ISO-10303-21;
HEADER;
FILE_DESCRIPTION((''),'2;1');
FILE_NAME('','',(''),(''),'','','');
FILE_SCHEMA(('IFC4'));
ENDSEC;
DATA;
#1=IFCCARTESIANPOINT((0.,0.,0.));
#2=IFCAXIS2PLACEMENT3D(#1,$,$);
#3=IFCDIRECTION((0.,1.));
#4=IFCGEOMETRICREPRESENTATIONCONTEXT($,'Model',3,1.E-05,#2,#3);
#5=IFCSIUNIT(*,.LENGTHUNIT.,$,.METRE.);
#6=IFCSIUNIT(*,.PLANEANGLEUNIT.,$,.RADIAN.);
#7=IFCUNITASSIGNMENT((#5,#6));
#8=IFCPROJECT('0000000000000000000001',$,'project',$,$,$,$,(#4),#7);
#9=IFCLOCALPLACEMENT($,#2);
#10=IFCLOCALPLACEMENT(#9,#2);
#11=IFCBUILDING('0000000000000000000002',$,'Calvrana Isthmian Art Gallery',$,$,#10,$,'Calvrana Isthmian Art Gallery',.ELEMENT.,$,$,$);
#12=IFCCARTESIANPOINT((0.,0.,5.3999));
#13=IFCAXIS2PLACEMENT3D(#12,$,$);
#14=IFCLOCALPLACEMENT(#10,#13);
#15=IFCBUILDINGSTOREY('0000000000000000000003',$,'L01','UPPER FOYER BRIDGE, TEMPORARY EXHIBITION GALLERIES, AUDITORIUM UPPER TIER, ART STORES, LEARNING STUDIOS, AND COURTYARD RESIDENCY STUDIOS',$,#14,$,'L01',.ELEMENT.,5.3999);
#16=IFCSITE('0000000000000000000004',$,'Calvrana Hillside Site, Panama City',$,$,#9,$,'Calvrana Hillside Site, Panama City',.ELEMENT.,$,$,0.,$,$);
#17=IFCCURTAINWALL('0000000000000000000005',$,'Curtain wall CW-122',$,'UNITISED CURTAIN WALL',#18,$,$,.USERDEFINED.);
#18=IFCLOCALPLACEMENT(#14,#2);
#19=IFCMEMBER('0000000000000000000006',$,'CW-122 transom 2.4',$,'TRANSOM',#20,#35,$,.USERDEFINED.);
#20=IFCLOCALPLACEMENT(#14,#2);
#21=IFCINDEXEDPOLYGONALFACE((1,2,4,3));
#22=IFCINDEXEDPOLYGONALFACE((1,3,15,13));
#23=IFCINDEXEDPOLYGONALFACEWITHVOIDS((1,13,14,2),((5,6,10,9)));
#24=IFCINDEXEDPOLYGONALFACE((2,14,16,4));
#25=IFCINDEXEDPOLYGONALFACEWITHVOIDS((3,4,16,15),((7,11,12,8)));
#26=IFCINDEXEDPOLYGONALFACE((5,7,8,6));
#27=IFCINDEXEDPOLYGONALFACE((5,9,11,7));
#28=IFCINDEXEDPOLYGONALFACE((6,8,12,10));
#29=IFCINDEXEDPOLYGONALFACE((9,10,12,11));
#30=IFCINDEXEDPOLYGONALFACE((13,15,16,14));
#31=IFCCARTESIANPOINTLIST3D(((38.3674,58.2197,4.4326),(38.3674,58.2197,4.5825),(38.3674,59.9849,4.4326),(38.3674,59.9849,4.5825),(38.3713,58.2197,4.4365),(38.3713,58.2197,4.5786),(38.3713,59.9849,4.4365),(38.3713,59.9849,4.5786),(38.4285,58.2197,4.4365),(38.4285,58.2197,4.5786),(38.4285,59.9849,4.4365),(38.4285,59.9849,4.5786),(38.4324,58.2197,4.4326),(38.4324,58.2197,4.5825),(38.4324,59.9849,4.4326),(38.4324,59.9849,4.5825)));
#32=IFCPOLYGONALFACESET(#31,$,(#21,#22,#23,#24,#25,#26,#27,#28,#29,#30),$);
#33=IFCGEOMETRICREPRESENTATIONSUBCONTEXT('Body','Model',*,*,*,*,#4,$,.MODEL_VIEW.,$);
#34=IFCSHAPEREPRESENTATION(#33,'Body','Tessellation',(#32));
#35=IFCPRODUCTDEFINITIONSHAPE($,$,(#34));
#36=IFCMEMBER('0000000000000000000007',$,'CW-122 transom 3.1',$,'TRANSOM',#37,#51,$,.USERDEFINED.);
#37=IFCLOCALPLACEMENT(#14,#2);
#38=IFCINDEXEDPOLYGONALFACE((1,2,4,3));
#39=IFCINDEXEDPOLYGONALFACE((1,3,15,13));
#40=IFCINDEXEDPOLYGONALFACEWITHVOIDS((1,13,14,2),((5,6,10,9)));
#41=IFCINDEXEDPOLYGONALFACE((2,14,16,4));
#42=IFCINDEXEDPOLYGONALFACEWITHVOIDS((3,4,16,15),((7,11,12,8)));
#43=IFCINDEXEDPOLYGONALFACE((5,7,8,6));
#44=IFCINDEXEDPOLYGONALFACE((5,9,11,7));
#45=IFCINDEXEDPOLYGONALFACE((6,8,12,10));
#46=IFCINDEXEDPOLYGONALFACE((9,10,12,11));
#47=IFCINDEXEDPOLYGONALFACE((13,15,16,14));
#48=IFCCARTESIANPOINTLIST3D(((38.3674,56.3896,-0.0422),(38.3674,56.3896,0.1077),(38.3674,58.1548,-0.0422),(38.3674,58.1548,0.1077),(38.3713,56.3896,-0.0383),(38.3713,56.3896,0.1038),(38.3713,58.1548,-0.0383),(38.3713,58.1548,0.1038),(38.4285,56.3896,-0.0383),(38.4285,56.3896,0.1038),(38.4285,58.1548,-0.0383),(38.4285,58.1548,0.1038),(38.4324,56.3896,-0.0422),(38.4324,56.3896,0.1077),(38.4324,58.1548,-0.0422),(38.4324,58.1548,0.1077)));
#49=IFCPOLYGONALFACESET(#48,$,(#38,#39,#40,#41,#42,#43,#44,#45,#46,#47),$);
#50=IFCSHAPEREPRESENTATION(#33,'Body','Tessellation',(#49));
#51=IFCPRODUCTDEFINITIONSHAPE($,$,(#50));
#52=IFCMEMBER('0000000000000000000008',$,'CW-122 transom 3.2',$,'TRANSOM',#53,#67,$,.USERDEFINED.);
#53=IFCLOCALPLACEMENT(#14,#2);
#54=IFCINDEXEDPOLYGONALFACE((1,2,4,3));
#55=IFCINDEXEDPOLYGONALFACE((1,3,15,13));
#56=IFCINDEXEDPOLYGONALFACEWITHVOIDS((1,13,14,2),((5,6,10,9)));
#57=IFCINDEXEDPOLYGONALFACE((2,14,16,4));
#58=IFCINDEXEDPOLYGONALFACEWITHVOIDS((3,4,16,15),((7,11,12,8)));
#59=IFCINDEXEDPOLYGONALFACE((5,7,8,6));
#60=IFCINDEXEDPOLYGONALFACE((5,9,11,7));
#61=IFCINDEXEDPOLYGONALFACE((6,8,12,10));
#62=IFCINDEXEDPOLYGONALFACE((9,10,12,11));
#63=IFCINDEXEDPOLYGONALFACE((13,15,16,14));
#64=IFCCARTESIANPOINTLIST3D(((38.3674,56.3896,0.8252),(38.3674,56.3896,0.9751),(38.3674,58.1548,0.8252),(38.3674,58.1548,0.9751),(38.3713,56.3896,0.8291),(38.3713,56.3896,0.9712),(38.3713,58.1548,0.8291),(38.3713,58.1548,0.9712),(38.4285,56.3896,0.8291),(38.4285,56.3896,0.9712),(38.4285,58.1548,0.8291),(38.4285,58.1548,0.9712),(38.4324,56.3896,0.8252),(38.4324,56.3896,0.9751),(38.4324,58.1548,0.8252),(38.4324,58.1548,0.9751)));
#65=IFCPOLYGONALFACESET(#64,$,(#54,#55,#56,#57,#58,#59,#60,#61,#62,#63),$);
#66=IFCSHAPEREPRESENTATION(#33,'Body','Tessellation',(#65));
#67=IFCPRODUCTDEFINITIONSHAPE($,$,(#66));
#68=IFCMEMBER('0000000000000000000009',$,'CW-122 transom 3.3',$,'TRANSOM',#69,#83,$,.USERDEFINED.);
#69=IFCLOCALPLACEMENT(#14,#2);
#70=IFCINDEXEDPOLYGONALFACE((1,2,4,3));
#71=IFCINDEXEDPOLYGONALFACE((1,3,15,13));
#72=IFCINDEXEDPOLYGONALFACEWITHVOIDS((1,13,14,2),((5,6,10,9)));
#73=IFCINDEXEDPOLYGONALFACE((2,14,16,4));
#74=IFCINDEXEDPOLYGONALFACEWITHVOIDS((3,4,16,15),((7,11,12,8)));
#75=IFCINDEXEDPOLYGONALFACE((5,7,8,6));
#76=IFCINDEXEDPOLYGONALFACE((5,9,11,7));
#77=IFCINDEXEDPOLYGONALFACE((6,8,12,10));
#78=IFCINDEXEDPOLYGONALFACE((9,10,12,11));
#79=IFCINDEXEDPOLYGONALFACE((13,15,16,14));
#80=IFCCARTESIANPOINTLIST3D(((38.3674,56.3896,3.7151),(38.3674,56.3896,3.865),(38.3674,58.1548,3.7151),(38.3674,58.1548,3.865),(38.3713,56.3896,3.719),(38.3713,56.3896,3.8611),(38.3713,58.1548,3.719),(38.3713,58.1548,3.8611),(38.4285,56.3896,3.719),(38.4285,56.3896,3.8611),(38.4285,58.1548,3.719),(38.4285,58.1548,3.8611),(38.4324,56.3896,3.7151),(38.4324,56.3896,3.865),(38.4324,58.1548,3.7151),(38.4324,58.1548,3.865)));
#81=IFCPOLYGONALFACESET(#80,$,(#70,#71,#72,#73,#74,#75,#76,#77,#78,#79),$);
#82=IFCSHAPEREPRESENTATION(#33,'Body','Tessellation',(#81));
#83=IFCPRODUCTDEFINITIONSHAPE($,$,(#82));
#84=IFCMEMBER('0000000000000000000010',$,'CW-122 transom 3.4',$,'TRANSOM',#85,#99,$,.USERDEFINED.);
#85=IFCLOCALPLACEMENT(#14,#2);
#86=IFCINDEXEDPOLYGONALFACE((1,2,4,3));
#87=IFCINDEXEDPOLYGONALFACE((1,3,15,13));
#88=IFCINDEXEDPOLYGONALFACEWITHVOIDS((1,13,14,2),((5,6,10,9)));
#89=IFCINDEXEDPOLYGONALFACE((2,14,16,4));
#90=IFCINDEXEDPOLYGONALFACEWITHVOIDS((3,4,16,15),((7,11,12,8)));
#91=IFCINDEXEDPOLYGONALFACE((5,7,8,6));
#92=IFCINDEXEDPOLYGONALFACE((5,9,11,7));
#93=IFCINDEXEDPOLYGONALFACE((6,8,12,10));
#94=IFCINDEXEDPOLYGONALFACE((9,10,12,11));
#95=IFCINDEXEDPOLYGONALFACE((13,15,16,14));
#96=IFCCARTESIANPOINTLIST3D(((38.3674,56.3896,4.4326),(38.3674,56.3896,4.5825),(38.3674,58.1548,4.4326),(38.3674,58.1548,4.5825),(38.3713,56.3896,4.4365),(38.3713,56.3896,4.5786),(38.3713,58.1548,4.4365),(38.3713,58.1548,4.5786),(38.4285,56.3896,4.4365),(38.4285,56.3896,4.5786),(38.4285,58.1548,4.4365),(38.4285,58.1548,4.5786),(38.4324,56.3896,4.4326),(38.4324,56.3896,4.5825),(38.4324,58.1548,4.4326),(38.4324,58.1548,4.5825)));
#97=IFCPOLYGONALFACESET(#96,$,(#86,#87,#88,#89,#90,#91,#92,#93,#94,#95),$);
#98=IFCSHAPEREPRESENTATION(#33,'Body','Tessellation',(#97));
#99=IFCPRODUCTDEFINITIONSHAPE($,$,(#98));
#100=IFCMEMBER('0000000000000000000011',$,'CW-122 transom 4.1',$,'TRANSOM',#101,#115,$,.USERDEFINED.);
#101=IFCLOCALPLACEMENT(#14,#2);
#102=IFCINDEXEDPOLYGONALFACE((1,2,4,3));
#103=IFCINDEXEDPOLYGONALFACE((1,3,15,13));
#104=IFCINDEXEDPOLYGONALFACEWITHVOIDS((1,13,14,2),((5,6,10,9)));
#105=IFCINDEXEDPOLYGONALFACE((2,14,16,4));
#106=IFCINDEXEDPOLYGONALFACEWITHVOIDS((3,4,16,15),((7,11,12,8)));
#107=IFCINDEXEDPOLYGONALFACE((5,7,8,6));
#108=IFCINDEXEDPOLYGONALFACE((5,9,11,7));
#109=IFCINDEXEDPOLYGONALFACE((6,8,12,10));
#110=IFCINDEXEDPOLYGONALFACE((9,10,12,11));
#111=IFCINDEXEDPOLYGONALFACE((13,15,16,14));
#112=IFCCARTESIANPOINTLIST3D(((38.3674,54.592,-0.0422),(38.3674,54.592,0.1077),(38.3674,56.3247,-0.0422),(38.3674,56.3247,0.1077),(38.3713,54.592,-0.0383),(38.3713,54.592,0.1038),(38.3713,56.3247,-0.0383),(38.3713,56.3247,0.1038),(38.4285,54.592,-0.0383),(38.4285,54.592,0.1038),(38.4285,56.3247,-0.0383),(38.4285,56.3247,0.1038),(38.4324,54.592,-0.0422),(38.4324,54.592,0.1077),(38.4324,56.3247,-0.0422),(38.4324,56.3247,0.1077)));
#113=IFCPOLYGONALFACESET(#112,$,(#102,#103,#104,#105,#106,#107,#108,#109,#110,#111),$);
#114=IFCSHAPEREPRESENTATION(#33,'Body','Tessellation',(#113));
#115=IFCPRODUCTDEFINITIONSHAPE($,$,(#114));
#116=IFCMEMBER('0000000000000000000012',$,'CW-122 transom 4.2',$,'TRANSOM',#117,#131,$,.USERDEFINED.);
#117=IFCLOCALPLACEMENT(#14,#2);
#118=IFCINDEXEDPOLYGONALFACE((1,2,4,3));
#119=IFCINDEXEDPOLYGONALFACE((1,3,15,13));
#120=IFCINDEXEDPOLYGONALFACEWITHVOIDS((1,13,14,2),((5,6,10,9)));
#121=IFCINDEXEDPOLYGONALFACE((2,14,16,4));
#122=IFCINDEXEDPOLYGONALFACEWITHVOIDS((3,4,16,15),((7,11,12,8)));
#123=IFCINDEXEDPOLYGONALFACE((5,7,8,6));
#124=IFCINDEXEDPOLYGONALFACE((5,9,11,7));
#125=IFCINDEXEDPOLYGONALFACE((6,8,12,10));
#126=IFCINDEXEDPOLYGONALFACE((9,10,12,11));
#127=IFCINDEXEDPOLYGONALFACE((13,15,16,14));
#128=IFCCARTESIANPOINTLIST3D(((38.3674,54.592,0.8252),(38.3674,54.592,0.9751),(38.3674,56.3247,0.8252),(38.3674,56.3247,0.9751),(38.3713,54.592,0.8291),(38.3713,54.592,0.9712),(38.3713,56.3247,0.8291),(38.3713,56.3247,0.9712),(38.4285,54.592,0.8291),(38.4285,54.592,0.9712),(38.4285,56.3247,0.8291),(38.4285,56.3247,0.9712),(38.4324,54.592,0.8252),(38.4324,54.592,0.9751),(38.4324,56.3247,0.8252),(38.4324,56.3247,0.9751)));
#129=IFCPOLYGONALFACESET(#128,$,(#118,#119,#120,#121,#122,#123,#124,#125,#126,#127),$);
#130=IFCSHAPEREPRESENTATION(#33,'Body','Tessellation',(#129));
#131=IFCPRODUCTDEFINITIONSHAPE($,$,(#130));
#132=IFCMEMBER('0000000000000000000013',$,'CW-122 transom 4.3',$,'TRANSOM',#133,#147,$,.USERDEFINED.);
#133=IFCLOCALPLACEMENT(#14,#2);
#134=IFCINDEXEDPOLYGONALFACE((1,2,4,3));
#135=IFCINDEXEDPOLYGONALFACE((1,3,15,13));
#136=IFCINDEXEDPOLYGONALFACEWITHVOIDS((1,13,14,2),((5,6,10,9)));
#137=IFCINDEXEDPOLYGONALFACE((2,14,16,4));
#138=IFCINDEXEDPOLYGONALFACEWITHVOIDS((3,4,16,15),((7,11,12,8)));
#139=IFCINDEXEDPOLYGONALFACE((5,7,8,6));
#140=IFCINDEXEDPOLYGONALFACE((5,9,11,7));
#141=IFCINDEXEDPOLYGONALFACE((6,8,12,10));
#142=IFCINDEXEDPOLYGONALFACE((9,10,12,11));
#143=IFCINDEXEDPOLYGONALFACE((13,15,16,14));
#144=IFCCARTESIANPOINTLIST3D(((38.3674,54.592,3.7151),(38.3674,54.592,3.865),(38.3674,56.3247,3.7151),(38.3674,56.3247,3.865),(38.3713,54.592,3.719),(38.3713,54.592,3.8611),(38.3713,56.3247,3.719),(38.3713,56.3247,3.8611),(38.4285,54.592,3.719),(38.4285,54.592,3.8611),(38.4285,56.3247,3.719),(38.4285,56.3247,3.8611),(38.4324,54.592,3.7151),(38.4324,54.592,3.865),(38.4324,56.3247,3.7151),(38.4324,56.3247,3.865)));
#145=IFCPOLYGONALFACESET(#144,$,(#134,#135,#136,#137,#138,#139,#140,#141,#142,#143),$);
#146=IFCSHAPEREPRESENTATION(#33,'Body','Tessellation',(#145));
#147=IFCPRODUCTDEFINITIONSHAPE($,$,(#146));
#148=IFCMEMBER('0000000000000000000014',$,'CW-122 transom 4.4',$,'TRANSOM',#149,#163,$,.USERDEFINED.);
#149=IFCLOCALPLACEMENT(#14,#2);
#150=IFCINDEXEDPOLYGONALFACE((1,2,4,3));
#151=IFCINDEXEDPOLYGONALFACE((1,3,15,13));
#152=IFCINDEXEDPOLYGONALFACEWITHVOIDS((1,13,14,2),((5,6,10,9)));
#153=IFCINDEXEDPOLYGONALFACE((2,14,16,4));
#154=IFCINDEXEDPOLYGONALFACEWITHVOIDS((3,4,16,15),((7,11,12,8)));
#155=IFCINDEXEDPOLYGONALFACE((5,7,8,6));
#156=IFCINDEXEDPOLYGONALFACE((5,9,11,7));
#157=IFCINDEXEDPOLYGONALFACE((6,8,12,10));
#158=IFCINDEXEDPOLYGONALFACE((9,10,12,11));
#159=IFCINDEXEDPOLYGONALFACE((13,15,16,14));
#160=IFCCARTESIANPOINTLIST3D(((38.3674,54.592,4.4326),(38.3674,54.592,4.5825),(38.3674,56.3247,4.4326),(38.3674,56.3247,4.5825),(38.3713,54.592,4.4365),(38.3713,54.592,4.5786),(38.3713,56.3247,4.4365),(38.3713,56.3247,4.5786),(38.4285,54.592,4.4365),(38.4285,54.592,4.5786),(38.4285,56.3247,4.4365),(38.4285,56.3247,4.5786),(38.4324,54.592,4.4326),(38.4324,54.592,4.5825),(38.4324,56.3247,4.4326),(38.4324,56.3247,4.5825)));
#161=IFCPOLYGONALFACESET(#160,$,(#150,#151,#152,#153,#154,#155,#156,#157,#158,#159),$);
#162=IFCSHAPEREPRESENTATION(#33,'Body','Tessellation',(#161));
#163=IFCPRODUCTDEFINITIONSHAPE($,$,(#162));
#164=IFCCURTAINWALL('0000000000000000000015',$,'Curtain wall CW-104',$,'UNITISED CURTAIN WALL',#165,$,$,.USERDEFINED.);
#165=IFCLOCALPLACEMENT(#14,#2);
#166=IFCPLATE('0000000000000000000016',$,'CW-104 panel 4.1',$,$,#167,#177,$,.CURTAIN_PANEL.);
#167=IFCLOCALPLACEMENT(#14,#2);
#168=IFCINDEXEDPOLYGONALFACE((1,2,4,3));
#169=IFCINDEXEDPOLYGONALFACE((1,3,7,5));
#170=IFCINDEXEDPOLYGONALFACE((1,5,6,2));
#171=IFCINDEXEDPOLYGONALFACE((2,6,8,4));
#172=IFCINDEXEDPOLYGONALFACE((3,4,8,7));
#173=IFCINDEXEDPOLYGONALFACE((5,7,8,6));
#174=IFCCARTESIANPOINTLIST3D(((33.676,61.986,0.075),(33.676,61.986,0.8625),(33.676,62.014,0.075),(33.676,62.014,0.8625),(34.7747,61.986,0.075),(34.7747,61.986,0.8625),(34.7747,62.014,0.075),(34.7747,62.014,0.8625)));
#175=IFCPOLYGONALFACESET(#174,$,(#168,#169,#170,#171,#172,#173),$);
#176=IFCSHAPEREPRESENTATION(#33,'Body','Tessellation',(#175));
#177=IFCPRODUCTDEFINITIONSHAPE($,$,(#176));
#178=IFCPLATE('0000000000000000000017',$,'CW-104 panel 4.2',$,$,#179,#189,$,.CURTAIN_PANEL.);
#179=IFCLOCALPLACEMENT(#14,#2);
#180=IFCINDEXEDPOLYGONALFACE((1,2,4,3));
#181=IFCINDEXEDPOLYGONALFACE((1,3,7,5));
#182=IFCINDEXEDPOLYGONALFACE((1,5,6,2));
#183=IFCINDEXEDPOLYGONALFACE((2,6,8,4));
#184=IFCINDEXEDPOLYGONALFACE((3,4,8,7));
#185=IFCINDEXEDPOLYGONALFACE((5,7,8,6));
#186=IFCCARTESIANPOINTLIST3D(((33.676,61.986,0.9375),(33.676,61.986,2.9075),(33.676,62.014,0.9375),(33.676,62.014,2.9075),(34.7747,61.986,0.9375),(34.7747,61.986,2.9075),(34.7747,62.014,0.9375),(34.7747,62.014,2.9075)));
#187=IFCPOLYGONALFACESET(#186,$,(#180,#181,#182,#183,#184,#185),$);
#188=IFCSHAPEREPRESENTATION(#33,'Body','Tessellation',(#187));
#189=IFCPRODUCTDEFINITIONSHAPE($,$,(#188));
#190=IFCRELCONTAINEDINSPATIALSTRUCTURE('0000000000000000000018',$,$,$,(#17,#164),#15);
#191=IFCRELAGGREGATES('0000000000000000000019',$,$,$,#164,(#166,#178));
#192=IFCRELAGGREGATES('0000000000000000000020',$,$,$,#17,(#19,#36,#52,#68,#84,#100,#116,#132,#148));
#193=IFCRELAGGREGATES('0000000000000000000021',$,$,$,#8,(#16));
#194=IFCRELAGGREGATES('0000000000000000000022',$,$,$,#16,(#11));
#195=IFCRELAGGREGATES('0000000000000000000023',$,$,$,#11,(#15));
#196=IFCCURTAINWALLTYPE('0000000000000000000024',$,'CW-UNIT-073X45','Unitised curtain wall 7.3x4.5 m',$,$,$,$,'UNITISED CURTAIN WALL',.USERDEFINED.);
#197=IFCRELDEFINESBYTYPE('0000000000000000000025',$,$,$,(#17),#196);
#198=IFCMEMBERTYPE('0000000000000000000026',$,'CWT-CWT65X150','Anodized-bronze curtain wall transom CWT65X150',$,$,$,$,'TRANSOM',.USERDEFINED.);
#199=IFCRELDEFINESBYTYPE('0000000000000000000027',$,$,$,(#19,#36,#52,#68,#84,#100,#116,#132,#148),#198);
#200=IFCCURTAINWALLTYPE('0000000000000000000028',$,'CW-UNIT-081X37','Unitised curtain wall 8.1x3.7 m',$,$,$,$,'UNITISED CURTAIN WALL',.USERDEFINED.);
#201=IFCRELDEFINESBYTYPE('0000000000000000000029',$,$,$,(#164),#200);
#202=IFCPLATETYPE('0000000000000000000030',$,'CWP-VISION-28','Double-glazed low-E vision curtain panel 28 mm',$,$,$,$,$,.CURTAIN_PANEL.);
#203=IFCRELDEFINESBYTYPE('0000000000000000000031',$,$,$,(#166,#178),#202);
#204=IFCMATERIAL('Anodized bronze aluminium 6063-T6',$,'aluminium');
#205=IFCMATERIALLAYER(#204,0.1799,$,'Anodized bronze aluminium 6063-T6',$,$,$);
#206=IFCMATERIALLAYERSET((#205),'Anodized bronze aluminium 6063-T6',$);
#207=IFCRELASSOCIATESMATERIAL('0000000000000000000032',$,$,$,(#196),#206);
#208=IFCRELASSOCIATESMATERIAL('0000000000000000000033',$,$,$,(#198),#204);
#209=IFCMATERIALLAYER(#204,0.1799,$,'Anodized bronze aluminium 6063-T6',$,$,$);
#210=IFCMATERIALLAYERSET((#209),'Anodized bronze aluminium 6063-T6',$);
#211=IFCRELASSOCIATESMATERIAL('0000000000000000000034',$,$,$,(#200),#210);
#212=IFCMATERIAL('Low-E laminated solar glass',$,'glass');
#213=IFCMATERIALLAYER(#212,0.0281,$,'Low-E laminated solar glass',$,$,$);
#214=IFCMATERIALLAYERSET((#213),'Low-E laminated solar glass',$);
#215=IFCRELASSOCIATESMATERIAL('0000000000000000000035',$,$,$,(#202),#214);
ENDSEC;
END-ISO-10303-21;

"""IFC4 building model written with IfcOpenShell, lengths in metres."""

from ifc_helpers import new_model, si_unit, direction, frame, origin, origin_2d, place, context, subcontext, project, spatial, rectangle, hollow_rectangle, extrude, material, layer, layer_set, material_profile, profile_set, type_object, element, aggregate, save


model = new_model("IFC4")

# Units and contexts
model_context = context("Model", 3, precision=1e-05, world=origin(), true_north=direction((0.0, 1.0)))
body_context = subcontext(model_context, "Body", "Model", "MODEL_VIEW")
ifc_project = project(units=[si_unit("LENGTHUNIT", "METRE"), si_unit("PLANEANGLEUNIT", "RADIAN")], contexts=[model_context])

# Site, building, storey
site_placement = place(None, origin())
site = spatial("IfcSite", under=ifc_project, at=site_placement, Name="Calvrana Hillside Site, Panama City", LongName="Calvrana Hillside Site, Panama City", CompositionType="ELEMENT", RefElevation=0.0)
building_placement = place(site_placement, origin())
building = spatial("IfcBuilding", under=site, at=building_placement, Name="Calvrana Isthmian Art Gallery", LongName="Calvrana Isthmian Art Gallery", CompositionType="ELEMENT")
storey_placement = place(building_placement, frame((0.0, 0.0, 5.3999)))
storey = spatial("IfcBuildingStorey", under=building, at=storey_placement, Name="L01", Description="UPPER FOYER BRIDGE, TEMPORARY EXHIBITION GALLERIES, AUDITORIUM UPPER TIER, ART STORES, LEARNING STUDIOS, AND COURTYARD RESIDENCY STUDIOS", LongName="L01", CompositionType="ELEMENT", Elevation=5.3999)

# Curtain wall, members
ifc_material_1 = material(Name="Anodized bronze aluminium 6063-T6", Category="aluminium")
ifc_layer_1 = layer(ifc_material_1, 0.1799, Name="Anodized bronze aluminium 6063-T6")
ifc_layer_set_1 = layer_set([ifc_layer_1], Name="Anodized bronze aluminium 6063-T6")
curtain_wall_type_1 = type_object("IfcCurtainWallType", Name="CW-UNIT-073X45", Description="Unitised curtain wall 7.3x4.5 m", ElementType="UNITISED CURTAIN WALL", PredefinedType="USERDEFINED", material=ifc_layer_set_1)
curtain_wall_1_placement = place(storey_placement, origin())
curtain_wall_1 = element("IfcCurtainWall", 1, at=curtain_wall_1_placement, inside=storey, type_object=curtain_wall_type_1, Name="Curtain wall CW-122", ObjectType="UNITISED CURTAIN WALL", PredefinedType="USERDEFINED")
ifc_material_profile_1 = material_profile(ifc_material_1, hollow_rectangle(XDim=0.0649, YDim=0.1499, WallThickness=0.0039, at=origin_2d()), Name="CWT65X150")
ifc_profile_set_1 = profile_set([ifc_material_profile_1], Name="Anodized bronze aluminium 6063-T6")
member_type_1 = type_object("IfcMemberType", Name="CWT-CWT65X150", Description="Anodized-bronze curtain wall transom CWT65X150", ElementType="TRANSOM", PredefinedType="USERDEFINED", material=ifc_profile_set_1)
member_1_placement = place(storey_placement, frame((38.3999, 59.9849, 4.5076), z_axis=(0.0, -1.0, 0.0), x_axis=(1.0, 0.0, 0.0)))
member_1 = element("IfcMember", 2, at=member_1_placement, type_object=member_type_1, Name="CW-122 transom 2.4", ObjectType="TRANSOM", PredefinedType="USERDEFINED", context=body_context, shape_type="SweptSolid", body=[
    extrude(hollow_rectangle(XDim=0.0649, YDim=0.1499, WallThickness=0.0039, at=origin_2d()), origin(), (0.0, 0.0, 1.0), 1.7651),
])
member_2_placement = place(storey_placement, frame((38.3999, 58.1548, 0.0327), z_axis=(0.0, -1.0, 0.0), x_axis=(1.0, 0.0, 0.0)))
member_2 = element("IfcMember", 3, at=member_2_placement, type_object=member_type_1, Name="CW-122 transom 3.1", ObjectType="TRANSOM", PredefinedType="USERDEFINED", context=body_context, shape_type="SweptSolid", body=[
    extrude(hollow_rectangle(XDim=0.0649, YDim=0.1499, WallThickness=0.0039, at=origin_2d()), origin(), (0.0, 0.0, 1.0), 1.7651),
])
member_3_placement = place(storey_placement, frame((38.3999, 58.1548, 0.9001), z_axis=(0.0, -1.0, 0.0), x_axis=(1.0, 0.0, 0.0)))
member_3 = element("IfcMember", 4, at=member_3_placement, type_object=member_type_1, Name="CW-122 transom 3.2", ObjectType="TRANSOM", PredefinedType="USERDEFINED", context=body_context, shape_type="SweptSolid", body=[
    extrude(hollow_rectangle(XDim=0.0649, YDim=0.1499, WallThickness=0.0039, at=origin_2d()), origin(), (0.0, 0.0, 1.0), 1.7651),
])
member_4_placement = place(storey_placement, frame((38.3999, 58.1548, 3.79), z_axis=(0.0, -1.0, 0.0), x_axis=(1.0, 0.0, 0.0)))
member_4 = element("IfcMember", 5, at=member_4_placement, type_object=member_type_1, Name="CW-122 transom 3.3", ObjectType="TRANSOM", PredefinedType="USERDEFINED", context=body_context, shape_type="SweptSolid", body=[
    extrude(hollow_rectangle(XDim=0.0649, YDim=0.1499, WallThickness=0.0039, at=origin_2d()), origin(), (0.0, 0.0, 1.0), 1.7651),
])
member_5_placement = place(storey_placement, frame((38.3999, 58.1548, 4.5076), z_axis=(0.0, -1.0, 0.0), x_axis=(1.0, 0.0, 0.0)))
member_5 = element("IfcMember", 6, at=member_5_placement, type_object=member_type_1, Name="CW-122 transom 3.4", ObjectType="TRANSOM", PredefinedType="USERDEFINED", context=body_context, shape_type="SweptSolid", body=[
    extrude(hollow_rectangle(XDim=0.0649, YDim=0.1499, WallThickness=0.0039, at=origin_2d()), origin(), (0.0, 0.0, 1.0), 1.7651),
])
member_6_placement = place(storey_placement, frame((38.3999, 56.3247, 0.0327), z_axis=(0.0, -1.0, 0.0), x_axis=(1.0, 0.0, 0.0)))
member_6 = element("IfcMember", 7, at=member_6_placement, type_object=member_type_1, Name="CW-122 transom 4.1", ObjectType="TRANSOM", PredefinedType="USERDEFINED", context=body_context, shape_type="SweptSolid", body=[
    extrude(hollow_rectangle(XDim=0.0649, YDim=0.1499, WallThickness=0.0039, at=origin_2d()), origin(), (0.0, 0.0, 1.0), 1.7327),
])
member_7_placement = place(storey_placement, frame((38.3999, 56.3247, 0.9001), z_axis=(0.0, -1.0, 0.0), x_axis=(1.0, 0.0, 0.0)))
member_7 = element("IfcMember", 8, at=member_7_placement, type_object=member_type_1, Name="CW-122 transom 4.2", ObjectType="TRANSOM", PredefinedType="USERDEFINED", context=body_context, shape_type="SweptSolid", body=[
    extrude(hollow_rectangle(XDim=0.0649, YDim=0.1499, WallThickness=0.0039, at=origin_2d()), origin(), (0.0, 0.0, 1.0), 1.7327),
])
member_8_placement = place(storey_placement, frame((38.3999, 56.3247, 3.79), z_axis=(0.0, -1.0, 0.0), x_axis=(1.0, 0.0, 0.0)))
member_8 = element("IfcMember", 9, at=member_8_placement, type_object=member_type_1, Name="CW-122 transom 4.3", ObjectType="TRANSOM", PredefinedType="USERDEFINED", context=body_context, shape_type="SweptSolid", body=[
    extrude(hollow_rectangle(XDim=0.0649, YDim=0.1499, WallThickness=0.0039, at=origin_2d()), origin(), (0.0, 0.0, 1.0), 1.7327),
])
member_9_placement = place(storey_placement, frame((38.3999, 56.3247, 4.5076), z_axis=(0.0, -1.0, 0.0), x_axis=(1.0, 0.0, 0.0)))
member_9 = element("IfcMember", 10, at=member_9_placement, type_object=member_type_1, Name="CW-122 transom 4.4", ObjectType="TRANSOM", PredefinedType="USERDEFINED", context=body_context, shape_type="SweptSolid", body=[
    extrude(hollow_rectangle(XDim=0.0649, YDim=0.1499, WallThickness=0.0039, at=origin_2d()), origin(), (0.0, 0.0, 1.0), 1.7327),
])

# Curtain wall, plates
ifc_layer_2 = layer(ifc_material_1, 0.1799, Name="Anodized bronze aluminium 6063-T6")
ifc_layer_set_2 = layer_set([ifc_layer_2], Name="Anodized bronze aluminium 6063-T6")
curtain_wall_type_2 = type_object("IfcCurtainWallType", Name="CW-UNIT-081X37", Description="Unitised curtain wall 8.1x3.7 m", ElementType="UNITISED CURTAIN WALL", PredefinedType="USERDEFINED", material=ifc_layer_set_2)
curtain_wall_2_placement = place(storey_placement, origin())
curtain_wall_2 = element("IfcCurtainWall", 11, at=curtain_wall_2_placement, inside=storey, type_object=curtain_wall_type_2, Name="Curtain wall CW-104", ObjectType="UNITISED CURTAIN WALL", PredefinedType="USERDEFINED")
ifc_material_2 = material(Name="Low-E laminated solar glass", Category="glass")
ifc_layer_3 = layer(ifc_material_2, 0.0281, Name="Low-E laminated solar glass")
ifc_layer_set_3 = layer_set([ifc_layer_3], Name="Low-E laminated solar glass")
plate_type = type_object("IfcPlateType", Name="CWP-VISION-28", Description="Double-glazed low-E vision curtain panel 28 mm", PredefinedType="CURTAIN_PANEL", material=ifc_layer_set_3)
plate_1_placement = place(storey_placement, frame((34.2253, 62.0, 0.075), z_axis=(0.0, 0.0, 1.0), x_axis=(1.0, 0.0, 0.0)))
plate_1 = element("IfcPlate", 12, at=plate_1_placement, type_object=plate_type, Name="CW-104 panel 4.1", PredefinedType="CURTAIN_PANEL", context=body_context, shape_type="SweptSolid", body=[
    extrude(rectangle(XDim=1.0986, YDim=0.0281, at=origin_2d()), origin(), (0.0, 0.0, 1.0), 0.7876),
])
plate_2_placement = place(storey_placement, frame((34.2253, 62.0, 0.9375), z_axis=(0.0, 0.0, 1.0), x_axis=(1.0, 0.0, 0.0)))
plate_2 = element("IfcPlate", 13, at=plate_2_placement, type_object=plate_type, Name="CW-104 panel 4.2", PredefinedType="CURTAIN_PANEL", context=body_context, shape_type="SweptSolid", body=[
    extrude(rectangle(XDim=1.0986, YDim=0.0281, at=origin_2d()), origin(), (0.0, 0.0, 1.0), 1.97),
])
aggregate(curtain_wall_2, [plate_1, plate_2])

aggregate(curtain_wall_1, [member_1, member_2, member_3, member_4, member_5, member_6, member_7, member_8, member_9])

save(model, "model.ifc")
